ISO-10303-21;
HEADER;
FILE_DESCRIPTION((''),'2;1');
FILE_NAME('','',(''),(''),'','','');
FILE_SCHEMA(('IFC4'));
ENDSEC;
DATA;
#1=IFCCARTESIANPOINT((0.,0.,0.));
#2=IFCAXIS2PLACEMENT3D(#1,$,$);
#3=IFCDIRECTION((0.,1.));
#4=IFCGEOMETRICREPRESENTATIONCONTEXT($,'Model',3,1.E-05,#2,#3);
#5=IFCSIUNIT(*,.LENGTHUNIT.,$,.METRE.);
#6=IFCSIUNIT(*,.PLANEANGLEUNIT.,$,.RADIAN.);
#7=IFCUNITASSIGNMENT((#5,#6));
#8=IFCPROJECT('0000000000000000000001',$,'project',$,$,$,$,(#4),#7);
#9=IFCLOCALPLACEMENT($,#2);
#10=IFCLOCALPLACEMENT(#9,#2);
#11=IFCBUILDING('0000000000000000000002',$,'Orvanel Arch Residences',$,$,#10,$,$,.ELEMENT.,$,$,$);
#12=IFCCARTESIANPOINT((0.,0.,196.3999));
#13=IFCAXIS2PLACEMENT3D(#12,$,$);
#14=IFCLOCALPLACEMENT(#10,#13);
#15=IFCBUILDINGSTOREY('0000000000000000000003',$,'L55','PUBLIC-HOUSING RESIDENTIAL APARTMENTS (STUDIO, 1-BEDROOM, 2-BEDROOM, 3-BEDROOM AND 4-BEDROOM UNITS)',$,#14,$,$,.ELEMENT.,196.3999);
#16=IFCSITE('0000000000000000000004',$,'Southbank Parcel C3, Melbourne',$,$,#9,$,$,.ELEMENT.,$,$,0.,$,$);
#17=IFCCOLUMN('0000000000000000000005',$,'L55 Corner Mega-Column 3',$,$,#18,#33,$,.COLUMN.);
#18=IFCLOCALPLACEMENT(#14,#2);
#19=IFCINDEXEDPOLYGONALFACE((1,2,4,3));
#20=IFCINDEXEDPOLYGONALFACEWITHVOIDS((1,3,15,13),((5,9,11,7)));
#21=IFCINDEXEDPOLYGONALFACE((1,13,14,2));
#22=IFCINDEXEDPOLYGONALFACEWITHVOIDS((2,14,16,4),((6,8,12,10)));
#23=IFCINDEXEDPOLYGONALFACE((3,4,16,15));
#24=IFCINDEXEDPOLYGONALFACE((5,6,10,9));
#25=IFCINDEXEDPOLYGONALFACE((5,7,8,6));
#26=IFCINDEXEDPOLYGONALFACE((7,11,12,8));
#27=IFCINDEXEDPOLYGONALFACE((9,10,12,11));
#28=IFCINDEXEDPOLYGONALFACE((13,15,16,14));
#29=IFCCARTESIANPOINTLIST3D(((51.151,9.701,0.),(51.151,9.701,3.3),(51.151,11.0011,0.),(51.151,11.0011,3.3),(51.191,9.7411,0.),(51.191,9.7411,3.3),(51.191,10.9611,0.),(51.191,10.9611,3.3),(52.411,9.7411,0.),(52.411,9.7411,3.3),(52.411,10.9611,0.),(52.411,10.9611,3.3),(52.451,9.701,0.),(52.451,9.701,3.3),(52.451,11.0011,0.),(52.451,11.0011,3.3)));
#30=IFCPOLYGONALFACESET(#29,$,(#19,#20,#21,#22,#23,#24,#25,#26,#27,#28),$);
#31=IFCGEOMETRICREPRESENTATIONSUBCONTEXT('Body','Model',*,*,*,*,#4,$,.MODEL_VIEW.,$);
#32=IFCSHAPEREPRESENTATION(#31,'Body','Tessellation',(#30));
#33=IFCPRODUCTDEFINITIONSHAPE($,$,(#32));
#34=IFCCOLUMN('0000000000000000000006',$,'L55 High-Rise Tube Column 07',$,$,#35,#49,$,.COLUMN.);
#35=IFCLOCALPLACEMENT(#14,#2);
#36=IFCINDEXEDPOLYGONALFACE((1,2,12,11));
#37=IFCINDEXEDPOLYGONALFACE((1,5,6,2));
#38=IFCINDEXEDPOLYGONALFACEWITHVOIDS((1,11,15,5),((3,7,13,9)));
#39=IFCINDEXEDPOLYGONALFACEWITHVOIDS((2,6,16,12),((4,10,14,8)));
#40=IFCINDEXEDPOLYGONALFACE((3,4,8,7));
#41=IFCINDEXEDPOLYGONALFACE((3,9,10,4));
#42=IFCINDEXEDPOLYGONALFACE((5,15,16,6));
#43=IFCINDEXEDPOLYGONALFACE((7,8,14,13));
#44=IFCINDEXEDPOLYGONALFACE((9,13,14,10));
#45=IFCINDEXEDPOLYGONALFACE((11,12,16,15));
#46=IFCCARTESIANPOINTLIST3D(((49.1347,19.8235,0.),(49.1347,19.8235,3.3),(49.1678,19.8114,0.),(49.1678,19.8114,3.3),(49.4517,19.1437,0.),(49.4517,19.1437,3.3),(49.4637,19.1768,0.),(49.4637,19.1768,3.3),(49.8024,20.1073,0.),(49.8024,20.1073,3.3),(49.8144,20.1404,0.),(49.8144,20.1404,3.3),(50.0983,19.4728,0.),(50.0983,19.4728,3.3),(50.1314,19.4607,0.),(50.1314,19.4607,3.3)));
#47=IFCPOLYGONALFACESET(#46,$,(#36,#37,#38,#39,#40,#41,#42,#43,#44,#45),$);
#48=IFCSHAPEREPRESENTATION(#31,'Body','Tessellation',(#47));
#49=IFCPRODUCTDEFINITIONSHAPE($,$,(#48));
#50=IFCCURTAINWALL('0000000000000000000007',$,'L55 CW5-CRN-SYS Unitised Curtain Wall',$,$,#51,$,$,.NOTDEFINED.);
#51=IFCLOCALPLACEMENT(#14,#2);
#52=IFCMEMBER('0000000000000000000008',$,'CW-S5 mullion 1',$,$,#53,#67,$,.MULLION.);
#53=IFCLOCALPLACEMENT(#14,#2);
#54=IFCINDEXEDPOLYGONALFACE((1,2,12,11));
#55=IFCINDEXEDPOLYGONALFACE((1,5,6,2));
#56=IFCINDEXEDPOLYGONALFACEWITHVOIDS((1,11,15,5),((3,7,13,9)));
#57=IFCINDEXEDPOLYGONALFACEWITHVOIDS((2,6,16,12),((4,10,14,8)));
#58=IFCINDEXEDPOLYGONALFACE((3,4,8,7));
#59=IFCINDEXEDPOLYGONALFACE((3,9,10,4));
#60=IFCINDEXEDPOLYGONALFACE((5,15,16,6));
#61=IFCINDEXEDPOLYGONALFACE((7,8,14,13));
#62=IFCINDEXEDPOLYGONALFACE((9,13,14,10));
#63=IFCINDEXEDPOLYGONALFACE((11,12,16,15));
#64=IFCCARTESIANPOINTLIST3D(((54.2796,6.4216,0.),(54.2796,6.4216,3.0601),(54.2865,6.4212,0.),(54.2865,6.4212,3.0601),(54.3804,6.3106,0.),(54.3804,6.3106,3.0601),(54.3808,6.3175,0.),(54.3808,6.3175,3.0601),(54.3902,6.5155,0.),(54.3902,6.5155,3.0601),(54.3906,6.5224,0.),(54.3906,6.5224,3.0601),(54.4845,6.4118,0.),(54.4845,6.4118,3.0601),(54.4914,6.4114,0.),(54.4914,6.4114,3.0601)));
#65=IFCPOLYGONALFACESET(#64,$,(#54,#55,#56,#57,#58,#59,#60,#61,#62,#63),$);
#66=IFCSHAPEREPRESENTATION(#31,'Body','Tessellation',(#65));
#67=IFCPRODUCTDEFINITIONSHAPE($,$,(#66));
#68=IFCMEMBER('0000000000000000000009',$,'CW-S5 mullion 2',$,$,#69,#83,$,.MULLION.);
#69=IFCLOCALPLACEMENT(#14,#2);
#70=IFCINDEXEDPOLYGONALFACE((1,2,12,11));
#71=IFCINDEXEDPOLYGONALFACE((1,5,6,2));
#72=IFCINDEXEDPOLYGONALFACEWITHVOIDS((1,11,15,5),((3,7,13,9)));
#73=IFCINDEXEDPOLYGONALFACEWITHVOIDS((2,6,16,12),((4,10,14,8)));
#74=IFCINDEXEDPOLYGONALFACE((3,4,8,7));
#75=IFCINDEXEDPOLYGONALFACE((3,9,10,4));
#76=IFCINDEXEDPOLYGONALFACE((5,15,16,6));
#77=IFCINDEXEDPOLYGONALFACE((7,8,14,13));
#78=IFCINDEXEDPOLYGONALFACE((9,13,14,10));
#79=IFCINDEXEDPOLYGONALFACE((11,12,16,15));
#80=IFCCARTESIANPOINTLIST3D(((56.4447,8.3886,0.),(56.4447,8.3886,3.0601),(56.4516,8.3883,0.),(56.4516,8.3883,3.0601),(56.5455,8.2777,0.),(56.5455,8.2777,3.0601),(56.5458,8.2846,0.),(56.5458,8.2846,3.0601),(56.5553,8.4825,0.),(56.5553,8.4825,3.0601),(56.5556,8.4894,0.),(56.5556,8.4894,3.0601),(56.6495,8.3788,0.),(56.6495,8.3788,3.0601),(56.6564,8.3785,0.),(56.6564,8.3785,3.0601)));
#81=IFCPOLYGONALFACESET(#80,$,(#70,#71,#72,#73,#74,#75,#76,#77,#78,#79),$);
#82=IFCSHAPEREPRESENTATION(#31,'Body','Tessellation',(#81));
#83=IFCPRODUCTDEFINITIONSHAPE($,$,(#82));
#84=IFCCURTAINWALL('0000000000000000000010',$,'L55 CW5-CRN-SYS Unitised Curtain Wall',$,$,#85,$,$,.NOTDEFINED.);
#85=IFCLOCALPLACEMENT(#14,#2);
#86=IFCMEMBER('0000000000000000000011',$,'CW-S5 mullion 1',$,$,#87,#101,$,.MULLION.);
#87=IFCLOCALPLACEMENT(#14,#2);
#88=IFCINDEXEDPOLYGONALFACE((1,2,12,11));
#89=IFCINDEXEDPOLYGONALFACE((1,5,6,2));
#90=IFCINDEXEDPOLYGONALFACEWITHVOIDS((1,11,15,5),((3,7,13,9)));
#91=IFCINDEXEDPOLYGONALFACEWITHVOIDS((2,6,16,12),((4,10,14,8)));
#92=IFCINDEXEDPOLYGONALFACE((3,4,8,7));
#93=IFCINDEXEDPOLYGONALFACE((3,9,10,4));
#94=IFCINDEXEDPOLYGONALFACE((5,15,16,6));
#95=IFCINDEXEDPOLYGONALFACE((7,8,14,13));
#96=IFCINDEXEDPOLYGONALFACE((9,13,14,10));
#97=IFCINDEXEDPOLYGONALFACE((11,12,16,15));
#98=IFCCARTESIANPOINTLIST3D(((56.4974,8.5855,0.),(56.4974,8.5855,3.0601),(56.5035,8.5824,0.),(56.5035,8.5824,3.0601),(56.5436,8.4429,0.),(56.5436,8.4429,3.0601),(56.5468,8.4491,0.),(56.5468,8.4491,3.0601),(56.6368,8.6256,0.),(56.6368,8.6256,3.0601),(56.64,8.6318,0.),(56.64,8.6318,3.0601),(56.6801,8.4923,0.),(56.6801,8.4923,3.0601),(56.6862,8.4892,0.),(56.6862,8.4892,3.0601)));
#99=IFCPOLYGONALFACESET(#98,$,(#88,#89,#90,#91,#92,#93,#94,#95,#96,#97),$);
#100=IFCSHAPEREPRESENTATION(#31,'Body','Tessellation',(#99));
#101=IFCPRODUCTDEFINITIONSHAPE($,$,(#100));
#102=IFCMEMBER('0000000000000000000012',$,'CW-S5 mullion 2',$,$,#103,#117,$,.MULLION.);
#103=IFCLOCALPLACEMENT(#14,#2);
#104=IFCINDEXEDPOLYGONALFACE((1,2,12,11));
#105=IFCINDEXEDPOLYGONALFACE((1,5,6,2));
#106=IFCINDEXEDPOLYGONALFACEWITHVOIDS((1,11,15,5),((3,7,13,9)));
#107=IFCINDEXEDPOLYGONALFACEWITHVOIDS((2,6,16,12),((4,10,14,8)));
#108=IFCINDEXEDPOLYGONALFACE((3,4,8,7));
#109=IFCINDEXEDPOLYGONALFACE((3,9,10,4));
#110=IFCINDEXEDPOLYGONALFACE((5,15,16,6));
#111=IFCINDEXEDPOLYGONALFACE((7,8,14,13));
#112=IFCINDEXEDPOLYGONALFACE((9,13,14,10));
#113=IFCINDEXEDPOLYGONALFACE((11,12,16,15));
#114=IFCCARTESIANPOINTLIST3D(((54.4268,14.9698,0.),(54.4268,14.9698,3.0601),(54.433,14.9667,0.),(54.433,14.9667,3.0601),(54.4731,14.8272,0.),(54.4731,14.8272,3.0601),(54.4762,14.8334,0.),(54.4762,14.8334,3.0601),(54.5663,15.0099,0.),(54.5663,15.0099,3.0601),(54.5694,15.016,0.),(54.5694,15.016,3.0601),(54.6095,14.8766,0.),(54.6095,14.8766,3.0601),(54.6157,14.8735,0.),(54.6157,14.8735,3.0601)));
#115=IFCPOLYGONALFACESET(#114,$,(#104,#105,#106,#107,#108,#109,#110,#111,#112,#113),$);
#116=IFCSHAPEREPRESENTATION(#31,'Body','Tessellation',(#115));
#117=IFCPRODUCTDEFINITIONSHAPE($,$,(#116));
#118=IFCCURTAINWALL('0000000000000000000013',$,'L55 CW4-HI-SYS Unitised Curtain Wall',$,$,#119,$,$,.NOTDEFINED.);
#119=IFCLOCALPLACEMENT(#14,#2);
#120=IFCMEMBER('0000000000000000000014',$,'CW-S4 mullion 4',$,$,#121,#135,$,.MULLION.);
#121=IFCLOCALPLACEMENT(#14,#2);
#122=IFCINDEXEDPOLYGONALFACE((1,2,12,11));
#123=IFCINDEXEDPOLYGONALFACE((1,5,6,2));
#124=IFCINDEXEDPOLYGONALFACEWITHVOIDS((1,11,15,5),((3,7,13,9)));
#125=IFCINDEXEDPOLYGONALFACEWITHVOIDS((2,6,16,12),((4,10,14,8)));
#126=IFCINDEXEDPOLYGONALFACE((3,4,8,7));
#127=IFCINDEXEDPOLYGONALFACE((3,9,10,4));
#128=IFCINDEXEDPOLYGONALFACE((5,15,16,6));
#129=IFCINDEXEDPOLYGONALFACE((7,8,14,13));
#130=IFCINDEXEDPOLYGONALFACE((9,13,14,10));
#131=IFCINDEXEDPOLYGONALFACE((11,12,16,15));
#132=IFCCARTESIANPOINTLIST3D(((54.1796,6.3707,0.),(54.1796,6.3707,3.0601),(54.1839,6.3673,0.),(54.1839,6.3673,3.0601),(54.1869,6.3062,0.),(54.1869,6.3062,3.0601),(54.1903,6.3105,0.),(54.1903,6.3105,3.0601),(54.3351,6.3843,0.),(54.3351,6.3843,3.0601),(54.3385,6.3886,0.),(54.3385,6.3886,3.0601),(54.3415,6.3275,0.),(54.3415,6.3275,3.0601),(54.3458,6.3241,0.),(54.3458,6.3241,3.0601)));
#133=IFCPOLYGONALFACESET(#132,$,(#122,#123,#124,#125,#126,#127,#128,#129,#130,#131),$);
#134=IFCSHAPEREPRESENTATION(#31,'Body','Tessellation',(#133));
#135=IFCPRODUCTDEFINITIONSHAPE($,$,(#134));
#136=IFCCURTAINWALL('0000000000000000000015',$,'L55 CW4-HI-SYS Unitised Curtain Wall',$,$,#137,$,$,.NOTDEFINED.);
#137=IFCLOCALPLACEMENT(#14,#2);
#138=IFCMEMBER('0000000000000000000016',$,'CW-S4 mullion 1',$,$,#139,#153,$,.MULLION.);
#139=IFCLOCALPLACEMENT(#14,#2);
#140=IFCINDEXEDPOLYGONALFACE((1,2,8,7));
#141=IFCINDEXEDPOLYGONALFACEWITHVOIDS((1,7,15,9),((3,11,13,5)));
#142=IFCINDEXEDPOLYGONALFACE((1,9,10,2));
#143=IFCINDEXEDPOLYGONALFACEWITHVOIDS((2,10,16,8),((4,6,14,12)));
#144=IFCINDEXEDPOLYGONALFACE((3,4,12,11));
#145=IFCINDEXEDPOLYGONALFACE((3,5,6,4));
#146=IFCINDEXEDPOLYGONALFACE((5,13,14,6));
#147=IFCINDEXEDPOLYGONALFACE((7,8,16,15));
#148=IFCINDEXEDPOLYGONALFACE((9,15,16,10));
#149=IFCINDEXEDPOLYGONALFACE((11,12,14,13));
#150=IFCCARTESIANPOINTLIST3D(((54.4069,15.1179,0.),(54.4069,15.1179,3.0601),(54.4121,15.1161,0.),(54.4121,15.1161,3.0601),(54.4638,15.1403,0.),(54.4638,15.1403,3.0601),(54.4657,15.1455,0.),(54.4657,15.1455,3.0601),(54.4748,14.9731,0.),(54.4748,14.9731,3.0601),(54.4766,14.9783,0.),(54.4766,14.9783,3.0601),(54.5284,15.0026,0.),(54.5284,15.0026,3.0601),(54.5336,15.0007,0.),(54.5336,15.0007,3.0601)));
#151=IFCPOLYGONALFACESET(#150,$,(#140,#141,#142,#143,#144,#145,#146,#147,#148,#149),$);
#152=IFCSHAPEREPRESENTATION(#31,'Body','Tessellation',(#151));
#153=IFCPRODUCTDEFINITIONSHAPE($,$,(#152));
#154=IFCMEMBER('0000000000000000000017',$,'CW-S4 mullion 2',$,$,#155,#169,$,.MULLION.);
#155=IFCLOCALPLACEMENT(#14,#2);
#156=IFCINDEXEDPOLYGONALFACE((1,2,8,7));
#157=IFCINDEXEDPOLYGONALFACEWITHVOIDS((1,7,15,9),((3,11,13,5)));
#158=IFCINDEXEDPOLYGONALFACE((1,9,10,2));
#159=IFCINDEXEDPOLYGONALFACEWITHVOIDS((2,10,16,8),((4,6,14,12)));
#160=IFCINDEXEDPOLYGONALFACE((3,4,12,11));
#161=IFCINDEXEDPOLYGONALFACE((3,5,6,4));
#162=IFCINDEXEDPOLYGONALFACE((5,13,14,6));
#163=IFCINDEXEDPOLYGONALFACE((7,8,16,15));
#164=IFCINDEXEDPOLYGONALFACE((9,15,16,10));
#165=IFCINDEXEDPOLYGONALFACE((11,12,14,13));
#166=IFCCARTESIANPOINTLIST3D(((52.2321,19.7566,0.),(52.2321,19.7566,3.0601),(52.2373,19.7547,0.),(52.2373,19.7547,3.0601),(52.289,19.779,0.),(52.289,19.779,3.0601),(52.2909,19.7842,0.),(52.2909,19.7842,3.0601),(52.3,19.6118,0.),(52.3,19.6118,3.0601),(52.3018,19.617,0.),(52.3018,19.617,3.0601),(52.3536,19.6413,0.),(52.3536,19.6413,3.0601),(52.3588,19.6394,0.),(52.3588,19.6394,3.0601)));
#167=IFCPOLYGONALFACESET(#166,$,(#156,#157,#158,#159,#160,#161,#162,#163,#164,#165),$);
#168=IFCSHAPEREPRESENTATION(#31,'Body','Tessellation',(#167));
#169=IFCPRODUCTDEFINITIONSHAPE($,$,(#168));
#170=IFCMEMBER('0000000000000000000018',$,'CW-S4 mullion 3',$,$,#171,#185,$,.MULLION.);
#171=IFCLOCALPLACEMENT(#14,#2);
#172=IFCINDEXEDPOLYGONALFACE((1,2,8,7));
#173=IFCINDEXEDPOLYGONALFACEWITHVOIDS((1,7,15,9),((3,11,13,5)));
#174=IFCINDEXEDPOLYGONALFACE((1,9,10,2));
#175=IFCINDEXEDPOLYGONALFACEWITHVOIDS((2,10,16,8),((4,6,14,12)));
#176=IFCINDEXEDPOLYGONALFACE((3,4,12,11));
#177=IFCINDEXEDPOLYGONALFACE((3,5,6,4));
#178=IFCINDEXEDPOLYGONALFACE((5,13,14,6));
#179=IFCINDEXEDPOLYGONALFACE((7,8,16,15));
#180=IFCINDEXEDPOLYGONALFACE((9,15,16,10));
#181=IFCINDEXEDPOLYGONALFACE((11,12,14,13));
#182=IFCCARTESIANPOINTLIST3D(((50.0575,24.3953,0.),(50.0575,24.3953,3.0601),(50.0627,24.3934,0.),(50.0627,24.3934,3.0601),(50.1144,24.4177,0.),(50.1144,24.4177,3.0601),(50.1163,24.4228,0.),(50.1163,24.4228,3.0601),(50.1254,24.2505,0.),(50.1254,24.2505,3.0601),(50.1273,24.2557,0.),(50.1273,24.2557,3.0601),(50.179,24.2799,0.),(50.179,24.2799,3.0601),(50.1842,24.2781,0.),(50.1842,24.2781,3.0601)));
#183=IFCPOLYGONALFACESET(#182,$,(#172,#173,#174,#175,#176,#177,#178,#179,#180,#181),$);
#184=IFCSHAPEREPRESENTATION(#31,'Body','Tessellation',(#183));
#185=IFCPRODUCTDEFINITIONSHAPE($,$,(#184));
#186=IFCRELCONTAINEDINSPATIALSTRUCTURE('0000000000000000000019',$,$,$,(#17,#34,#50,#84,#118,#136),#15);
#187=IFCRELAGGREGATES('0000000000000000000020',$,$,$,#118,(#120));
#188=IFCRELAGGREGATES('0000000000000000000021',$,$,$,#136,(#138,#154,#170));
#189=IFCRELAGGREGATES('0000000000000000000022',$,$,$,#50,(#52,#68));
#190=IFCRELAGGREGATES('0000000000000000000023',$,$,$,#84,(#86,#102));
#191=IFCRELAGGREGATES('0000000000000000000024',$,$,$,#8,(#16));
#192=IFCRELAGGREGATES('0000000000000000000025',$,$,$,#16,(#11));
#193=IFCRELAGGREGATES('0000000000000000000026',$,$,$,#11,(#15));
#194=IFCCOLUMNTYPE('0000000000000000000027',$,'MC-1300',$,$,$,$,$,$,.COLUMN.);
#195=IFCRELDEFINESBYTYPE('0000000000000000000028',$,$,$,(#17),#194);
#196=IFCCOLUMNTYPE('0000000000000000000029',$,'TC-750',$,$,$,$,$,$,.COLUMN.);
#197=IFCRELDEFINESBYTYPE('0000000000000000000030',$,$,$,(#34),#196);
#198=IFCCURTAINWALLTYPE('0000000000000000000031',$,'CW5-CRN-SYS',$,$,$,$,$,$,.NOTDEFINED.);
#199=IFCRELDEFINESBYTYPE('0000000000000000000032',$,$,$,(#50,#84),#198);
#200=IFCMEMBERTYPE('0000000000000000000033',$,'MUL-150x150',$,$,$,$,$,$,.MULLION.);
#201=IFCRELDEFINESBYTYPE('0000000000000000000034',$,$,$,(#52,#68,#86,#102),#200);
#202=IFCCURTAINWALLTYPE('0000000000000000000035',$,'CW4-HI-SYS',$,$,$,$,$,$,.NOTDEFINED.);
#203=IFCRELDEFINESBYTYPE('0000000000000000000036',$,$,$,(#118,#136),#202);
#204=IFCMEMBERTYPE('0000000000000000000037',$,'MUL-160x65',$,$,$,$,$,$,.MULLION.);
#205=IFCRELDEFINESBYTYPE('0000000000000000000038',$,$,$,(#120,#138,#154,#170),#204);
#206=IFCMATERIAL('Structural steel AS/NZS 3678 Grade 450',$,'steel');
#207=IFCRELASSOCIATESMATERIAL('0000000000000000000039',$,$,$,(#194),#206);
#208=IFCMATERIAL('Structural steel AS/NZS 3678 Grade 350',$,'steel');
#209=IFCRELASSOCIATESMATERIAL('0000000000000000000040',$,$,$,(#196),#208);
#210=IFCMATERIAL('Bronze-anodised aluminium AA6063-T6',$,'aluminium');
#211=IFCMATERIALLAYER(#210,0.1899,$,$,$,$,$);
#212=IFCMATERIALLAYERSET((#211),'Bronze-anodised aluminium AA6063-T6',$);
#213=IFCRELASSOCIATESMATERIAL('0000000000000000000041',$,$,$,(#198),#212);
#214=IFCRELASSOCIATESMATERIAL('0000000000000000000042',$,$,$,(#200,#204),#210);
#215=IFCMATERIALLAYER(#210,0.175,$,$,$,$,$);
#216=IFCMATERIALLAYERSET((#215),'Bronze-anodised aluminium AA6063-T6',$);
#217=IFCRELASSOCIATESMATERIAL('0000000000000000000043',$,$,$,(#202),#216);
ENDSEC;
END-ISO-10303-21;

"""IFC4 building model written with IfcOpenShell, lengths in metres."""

from ifc_helpers import new_model, si_unit, direction, frame, origin, origin_2d, place, context, subcontext, project, spatial, hollow_rectangle, extrude, material, layer, layer_set, material_profile, profile_set, type_object, element, aggregate, save


model = new_model("IFC4")

# Units and contexts
model_context = context("Model", 3, precision=1e-05, world=origin(), true_north=direction((0.0, 1.0)))
body_context = subcontext(model_context, "Body", "Model", "MODEL_VIEW")
ifc_project = project(units=[si_unit("LENGTHUNIT", "METRE"), si_unit("PLANEANGLEUNIT", "RADIAN")], contexts=[model_context])

# Site, building, storey
site_placement = place(None, origin())
site = spatial("IfcSite", under=ifc_project, at=site_placement, Name="Southbank Parcel C3, Melbourne", CompositionType="ELEMENT", RefElevation=0.0)
building_placement = place(site_placement, origin())
building = spatial("IfcBuilding", under=site, at=building_placement, Name="Orvanel Arch Residences", CompositionType="ELEMENT")
storey_placement = place(building_placement, frame((0.0, 0.0, 196.3999)))
storey = spatial("IfcBuildingStorey", under=building, at=storey_placement, Name="L55", Description="PUBLIC-HOUSING RESIDENTIAL APARTMENTS (STUDIO, 1-BEDROOM, 2-BEDROOM, 3-BEDROOM AND 4-BEDROOM UNITS)", CompositionType="ELEMENT", Elevation=196.3999)

# Columns
ifc_material_1 = material(Name="Structural steel AS/NZS 3678 Grade 450", Category="steel")
ifc_material_profile_1 = material_profile(ifc_material_1, hollow_rectangle(XDim=1.3, YDim=1.3, WallThickness=0.04, at=origin_2d()), Name="BOX1300x1300x40")
ifc_profile_set_1 = profile_set([ifc_material_profile_1], Name="Structural steel AS/NZS 3678 Grade 450")
column_type_1 = type_object("IfcColumnType", Name="MC-1300", PredefinedType="COLUMN", material=ifc_profile_set_1)
column_1_placement = place(storey_placement, frame((51.801, 10.3511, 0.0), z_axis=(0.0, 0.0, 1.0), x_axis=(1.0, 0.0, 0.0)))
element("IfcColumn", 1, at=column_1_placement, inside=storey, type_object=column_type_1, Name="L55 Corner Mega-Column 3", PredefinedType="COLUMN", context=body_context, shape_type="SweptSolid", body=[
    extrude(hollow_rectangle(XDim=1.3, YDim=1.3, WallThickness=0.04, at=origin_2d()), origin(), (0.0, 0.0, 1.0), 3.3),
])
ifc_material_2 = material(Name="Structural steel AS/NZS 3678 Grade 350", Category="steel")
ifc_material_profile_2 = material_profile(ifc_material_2, hollow_rectangle(XDim=0.75, YDim=0.75, WallThickness=0.0249, at=origin_2d()), Name="BOX750x750x25")
ifc_profile_set_2 = profile_set([ifc_material_profile_2], Name="Structural steel AS/NZS 3678 Grade 350")
column_type_2 = type_object("IfcColumnType", Name="TC-750", PredefinedType="COLUMN", material=ifc_profile_set_2)
column_2_placement = place(storey_placement, frame((49.6331, 19.6421, 0.0), z_axis=(0.0, 0.0, 1.0), x_axis=(-0.422618, 0.906308, 0.0)))
element("IfcColumn", 2, at=column_2_placement, inside=storey, type_object=column_type_2, Name="L55 High-Rise Tube Column 07", PredefinedType="COLUMN", context=body_context, shape_type="SweptSolid", body=[
    extrude(hollow_rectangle(XDim=0.75, YDim=0.75, WallThickness=0.0249, at=origin_2d()), origin(), (0.0, 0.0, 1.0), 3.3),
])

# Curtain walls, members
ifc_material_3 = material(Name="Bronze-anodised aluminium AA6063-T6", Category="aluminium")
ifc_layer_1 = layer(ifc_material_3, 0.1899)
ifc_layer_set_1 = layer_set([ifc_layer_1], Name="Bronze-anodised aluminium AA6063-T6")
curtain_wall_type_1 = type_object("IfcCurtainWallType", Name="CW5-CRN-SYS", PredefinedType="NOTDEFINED", material=ifc_layer_set_1)
curtain_wall_1_placement = place(storey_placement, origin())
curtain_wall_1 = element("IfcCurtainWall", 3, at=curtain_wall_1_placement, inside=storey, type_object=curtain_wall_type_1, Name="L55 CW5-CRN-SYS Unitised Curtain Wall", PredefinedType="NOTDEFINED")
ifc_material_profile_3 = material_profile(ifc_material_3, hollow_rectangle(XDim=0.1499, YDim=0.1499, WallThickness=0.0049, at=origin_2d()), Name="ALU150x150x5")
ifc_profile_set_3 = profile_set([ifc_material_profile_3], Name="Bronze-anodised aluminium AA6063-T6")
member_type_1 = type_object("IfcMemberType", Name="MUL-150x150", PredefinedType="MULLION", material=ifc_profile_set_3)
member_1_placement = place(storey_placement, frame((54.3855, 6.4165, 0.0), z_axis=(0.0, 0.0, 1.0), x_axis=(-0.672479, 0.740117, 0.0)))
member_1 = element("IfcMember", 4, at=member_1_placement, type_object=member_type_1, Name="CW-S5 mullion 1", PredefinedType="MULLION", context=body_context, shape_type="SweptSolid", body=[
    extrude(hollow_rectangle(XDim=0.1499, YDim=0.1499, WallThickness=0.0049, at=origin_2d()), origin(), (0.0, 0.0, 1.0), 3.0601),
])
member_2_placement = place(storey_placement, frame((56.5505, 8.3835, 0.0), z_axis=(0.0, 0.0, 1.0), x_axis=(-0.672479, 0.740117, 0.0)))
member_2 = element("IfcMember", 5, at=member_2_placement, type_object=member_type_1, Name="CW-S5 mullion 2", PredefinedType="MULLION", context=body_context, shape_type="SweptSolid", body=[
    extrude(hollow_rectangle(XDim=0.1499, YDim=0.1499, WallThickness=0.0049, at=origin_2d()), origin(), (0.0, 0.0, 1.0), 3.0601),
])
curtain_wall_2_placement = place(storey_placement, origin())
curtain_wall_2 = element("IfcCurtainWall", 6, at=curtain_wall_2_placement, inside=storey, type_object=curtain_wall_type_1, Name="L55 CW5-CRN-SYS Unitised Curtain Wall", PredefinedType="NOTDEFINED")
member_3_placement = place(storey_placement, frame((56.5918, 8.5374, 0.0), z_axis=(0.0, 0.0, 1.0), x_axis=(-0.951217, -0.308523, 0.0)))
member_3 = element("IfcMember", 7, at=member_3_placement, type_object=member_type_1, Name="CW-S5 mullion 1", PredefinedType="MULLION", context=body_context, shape_type="SweptSolid", body=[
    extrude(hollow_rectangle(XDim=0.1499, YDim=0.1499, WallThickness=0.0049, at=origin_2d()), origin(), (0.0, 0.0, 1.0), 3.0601),
])
member_4_placement = place(storey_placement, frame((54.5212, 14.9216, 0.0), z_axis=(0.0, 0.0, 1.0), x_axis=(-0.951217, -0.308523, 0.0)))
member_4 = element("IfcMember", 8, at=member_4_placement, type_object=member_type_1, Name="CW-S5 mullion 2", PredefinedType="MULLION", context=body_context, shape_type="SweptSolid", body=[
    extrude(hollow_rectangle(XDim=0.1499, YDim=0.1499, WallThickness=0.0049, at=origin_2d()), origin(), (0.0, 0.0, 1.0), 3.0601),
])

# Curtain wall, member
ifc_layer_2 = layer(ifc_material_3, 0.175)
ifc_layer_set_2 = layer_set([ifc_layer_2], Name="Bronze-anodised aluminium AA6063-T6")
curtain_wall_type_2 = type_object("IfcCurtainWallType", Name="CW4-HI-SYS", PredefinedType="NOTDEFINED", material=ifc_layer_set_2)
curtain_wall_3_placement = place(storey_placement, origin())
curtain_wall_3 = element("IfcCurtainWall", 9, at=curtain_wall_3_placement, inside=storey, type_object=curtain_wall_type_2, Name="L55 CW4-HI-SYS Unitised Curtain Wall", PredefinedType="NOTDEFINED")
ifc_material_profile_4 = material_profile(ifc_material_3, hollow_rectangle(XDim=0.0649, YDim=0.1599, WallThickness=0.0039, at=origin_2d()), Name="ALU160x65x4")
ifc_profile_set_4 = profile_set([ifc_material_profile_4], Name="Bronze-anodised aluminium AA6063-T6")
member_type_2 = type_object("IfcMemberType", Name="MUL-160x65", PredefinedType="MULLION", material=ifc_profile_set_4)
member_5_placement = place(storey_placement, frame((54.2627, 6.3474, 0.0), z_axis=(0.0, 0.0, 1.0), x_axis=(-0.111799, 0.993731, 0.0)))
member_5 = element("IfcMember", 10, at=member_5_placement, type_object=member_type_2, Name="CW-S4 mullion 4", PredefinedType="MULLION", context=body_context, shape_type="SweptSolid", body=[
    extrude(hollow_rectangle(XDim=0.0649, YDim=0.1599, WallThickness=0.0039, at=origin_2d()), origin(), (0.0, 0.0, 1.0), 3.0601),
])

# Curtain wall, members
curtain_wall_4_placement = place(storey_placement, origin())
curtain_wall_4 = element("IfcCurtainWall", 11, at=curtain_wall_4_placement, inside=storey, type_object=curtain_wall_type_2, Name="L55 CW4-HI-SYS Unitised Curtain Wall", PredefinedType="NOTDEFINED")
member_6_placement = place(storey_placement, frame((54.4702, 15.0593, 0.0), z_axis=(0.0, 0.0, 1.0), x_axis=(-0.905431, -0.424494, 0.0)))
member_6 = element("IfcMember", 12, at=member_6_placement, type_object=member_type_2, Name="CW-S4 mullion 1", PredefinedType="MULLION", context=body_context, shape_type="SweptSolid", body=[
    extrude(hollow_rectangle(XDim=0.0649, YDim=0.1599, WallThickness=0.0039, at=origin_2d()), origin(), (0.0, 0.0, 1.0), 3.0601),
])
member_7_placement = place(storey_placement, frame((52.2954, 19.698, 0.0), z_axis=(0.0, 0.0, 1.0), x_axis=(-0.905431, -0.424494, 0.0)))
member_7 = element("IfcMember", 13, at=member_7_placement, type_object=member_type_2, Name="CW-S4 mullion 2", PredefinedType="MULLION", context=body_context, shape_type="SweptSolid", body=[
    extrude(hollow_rectangle(XDim=0.0649, YDim=0.1599, WallThickness=0.0039, at=origin_2d()), origin(), (0.0, 0.0, 1.0), 3.0601),
])
member_8_placement = place(storey_placement, frame((50.1208, 24.3367, 0.0), z_axis=(0.0, 0.0, 1.0), x_axis=(-0.905431, -0.424494, 0.0)))
member_8 = element("IfcMember", 14, at=member_8_placement, type_object=member_type_2, Name="CW-S4 mullion 3", PredefinedType="MULLION", context=body_context, shape_type="SweptSolid", body=[
    extrude(hollow_rectangle(XDim=0.0649, YDim=0.1599, WallThickness=0.0039, at=origin_2d()), origin(), (0.0, 0.0, 1.0), 3.0601),
])

aggregate(curtain_wall_3, [member_5])
aggregate(curtain_wall_4, [member_6, member_7, member_8])
aggregate(curtain_wall_1, [member_1, member_2])
aggregate(curtain_wall_2, [member_3, member_4])

save(model, "model.ifc")
